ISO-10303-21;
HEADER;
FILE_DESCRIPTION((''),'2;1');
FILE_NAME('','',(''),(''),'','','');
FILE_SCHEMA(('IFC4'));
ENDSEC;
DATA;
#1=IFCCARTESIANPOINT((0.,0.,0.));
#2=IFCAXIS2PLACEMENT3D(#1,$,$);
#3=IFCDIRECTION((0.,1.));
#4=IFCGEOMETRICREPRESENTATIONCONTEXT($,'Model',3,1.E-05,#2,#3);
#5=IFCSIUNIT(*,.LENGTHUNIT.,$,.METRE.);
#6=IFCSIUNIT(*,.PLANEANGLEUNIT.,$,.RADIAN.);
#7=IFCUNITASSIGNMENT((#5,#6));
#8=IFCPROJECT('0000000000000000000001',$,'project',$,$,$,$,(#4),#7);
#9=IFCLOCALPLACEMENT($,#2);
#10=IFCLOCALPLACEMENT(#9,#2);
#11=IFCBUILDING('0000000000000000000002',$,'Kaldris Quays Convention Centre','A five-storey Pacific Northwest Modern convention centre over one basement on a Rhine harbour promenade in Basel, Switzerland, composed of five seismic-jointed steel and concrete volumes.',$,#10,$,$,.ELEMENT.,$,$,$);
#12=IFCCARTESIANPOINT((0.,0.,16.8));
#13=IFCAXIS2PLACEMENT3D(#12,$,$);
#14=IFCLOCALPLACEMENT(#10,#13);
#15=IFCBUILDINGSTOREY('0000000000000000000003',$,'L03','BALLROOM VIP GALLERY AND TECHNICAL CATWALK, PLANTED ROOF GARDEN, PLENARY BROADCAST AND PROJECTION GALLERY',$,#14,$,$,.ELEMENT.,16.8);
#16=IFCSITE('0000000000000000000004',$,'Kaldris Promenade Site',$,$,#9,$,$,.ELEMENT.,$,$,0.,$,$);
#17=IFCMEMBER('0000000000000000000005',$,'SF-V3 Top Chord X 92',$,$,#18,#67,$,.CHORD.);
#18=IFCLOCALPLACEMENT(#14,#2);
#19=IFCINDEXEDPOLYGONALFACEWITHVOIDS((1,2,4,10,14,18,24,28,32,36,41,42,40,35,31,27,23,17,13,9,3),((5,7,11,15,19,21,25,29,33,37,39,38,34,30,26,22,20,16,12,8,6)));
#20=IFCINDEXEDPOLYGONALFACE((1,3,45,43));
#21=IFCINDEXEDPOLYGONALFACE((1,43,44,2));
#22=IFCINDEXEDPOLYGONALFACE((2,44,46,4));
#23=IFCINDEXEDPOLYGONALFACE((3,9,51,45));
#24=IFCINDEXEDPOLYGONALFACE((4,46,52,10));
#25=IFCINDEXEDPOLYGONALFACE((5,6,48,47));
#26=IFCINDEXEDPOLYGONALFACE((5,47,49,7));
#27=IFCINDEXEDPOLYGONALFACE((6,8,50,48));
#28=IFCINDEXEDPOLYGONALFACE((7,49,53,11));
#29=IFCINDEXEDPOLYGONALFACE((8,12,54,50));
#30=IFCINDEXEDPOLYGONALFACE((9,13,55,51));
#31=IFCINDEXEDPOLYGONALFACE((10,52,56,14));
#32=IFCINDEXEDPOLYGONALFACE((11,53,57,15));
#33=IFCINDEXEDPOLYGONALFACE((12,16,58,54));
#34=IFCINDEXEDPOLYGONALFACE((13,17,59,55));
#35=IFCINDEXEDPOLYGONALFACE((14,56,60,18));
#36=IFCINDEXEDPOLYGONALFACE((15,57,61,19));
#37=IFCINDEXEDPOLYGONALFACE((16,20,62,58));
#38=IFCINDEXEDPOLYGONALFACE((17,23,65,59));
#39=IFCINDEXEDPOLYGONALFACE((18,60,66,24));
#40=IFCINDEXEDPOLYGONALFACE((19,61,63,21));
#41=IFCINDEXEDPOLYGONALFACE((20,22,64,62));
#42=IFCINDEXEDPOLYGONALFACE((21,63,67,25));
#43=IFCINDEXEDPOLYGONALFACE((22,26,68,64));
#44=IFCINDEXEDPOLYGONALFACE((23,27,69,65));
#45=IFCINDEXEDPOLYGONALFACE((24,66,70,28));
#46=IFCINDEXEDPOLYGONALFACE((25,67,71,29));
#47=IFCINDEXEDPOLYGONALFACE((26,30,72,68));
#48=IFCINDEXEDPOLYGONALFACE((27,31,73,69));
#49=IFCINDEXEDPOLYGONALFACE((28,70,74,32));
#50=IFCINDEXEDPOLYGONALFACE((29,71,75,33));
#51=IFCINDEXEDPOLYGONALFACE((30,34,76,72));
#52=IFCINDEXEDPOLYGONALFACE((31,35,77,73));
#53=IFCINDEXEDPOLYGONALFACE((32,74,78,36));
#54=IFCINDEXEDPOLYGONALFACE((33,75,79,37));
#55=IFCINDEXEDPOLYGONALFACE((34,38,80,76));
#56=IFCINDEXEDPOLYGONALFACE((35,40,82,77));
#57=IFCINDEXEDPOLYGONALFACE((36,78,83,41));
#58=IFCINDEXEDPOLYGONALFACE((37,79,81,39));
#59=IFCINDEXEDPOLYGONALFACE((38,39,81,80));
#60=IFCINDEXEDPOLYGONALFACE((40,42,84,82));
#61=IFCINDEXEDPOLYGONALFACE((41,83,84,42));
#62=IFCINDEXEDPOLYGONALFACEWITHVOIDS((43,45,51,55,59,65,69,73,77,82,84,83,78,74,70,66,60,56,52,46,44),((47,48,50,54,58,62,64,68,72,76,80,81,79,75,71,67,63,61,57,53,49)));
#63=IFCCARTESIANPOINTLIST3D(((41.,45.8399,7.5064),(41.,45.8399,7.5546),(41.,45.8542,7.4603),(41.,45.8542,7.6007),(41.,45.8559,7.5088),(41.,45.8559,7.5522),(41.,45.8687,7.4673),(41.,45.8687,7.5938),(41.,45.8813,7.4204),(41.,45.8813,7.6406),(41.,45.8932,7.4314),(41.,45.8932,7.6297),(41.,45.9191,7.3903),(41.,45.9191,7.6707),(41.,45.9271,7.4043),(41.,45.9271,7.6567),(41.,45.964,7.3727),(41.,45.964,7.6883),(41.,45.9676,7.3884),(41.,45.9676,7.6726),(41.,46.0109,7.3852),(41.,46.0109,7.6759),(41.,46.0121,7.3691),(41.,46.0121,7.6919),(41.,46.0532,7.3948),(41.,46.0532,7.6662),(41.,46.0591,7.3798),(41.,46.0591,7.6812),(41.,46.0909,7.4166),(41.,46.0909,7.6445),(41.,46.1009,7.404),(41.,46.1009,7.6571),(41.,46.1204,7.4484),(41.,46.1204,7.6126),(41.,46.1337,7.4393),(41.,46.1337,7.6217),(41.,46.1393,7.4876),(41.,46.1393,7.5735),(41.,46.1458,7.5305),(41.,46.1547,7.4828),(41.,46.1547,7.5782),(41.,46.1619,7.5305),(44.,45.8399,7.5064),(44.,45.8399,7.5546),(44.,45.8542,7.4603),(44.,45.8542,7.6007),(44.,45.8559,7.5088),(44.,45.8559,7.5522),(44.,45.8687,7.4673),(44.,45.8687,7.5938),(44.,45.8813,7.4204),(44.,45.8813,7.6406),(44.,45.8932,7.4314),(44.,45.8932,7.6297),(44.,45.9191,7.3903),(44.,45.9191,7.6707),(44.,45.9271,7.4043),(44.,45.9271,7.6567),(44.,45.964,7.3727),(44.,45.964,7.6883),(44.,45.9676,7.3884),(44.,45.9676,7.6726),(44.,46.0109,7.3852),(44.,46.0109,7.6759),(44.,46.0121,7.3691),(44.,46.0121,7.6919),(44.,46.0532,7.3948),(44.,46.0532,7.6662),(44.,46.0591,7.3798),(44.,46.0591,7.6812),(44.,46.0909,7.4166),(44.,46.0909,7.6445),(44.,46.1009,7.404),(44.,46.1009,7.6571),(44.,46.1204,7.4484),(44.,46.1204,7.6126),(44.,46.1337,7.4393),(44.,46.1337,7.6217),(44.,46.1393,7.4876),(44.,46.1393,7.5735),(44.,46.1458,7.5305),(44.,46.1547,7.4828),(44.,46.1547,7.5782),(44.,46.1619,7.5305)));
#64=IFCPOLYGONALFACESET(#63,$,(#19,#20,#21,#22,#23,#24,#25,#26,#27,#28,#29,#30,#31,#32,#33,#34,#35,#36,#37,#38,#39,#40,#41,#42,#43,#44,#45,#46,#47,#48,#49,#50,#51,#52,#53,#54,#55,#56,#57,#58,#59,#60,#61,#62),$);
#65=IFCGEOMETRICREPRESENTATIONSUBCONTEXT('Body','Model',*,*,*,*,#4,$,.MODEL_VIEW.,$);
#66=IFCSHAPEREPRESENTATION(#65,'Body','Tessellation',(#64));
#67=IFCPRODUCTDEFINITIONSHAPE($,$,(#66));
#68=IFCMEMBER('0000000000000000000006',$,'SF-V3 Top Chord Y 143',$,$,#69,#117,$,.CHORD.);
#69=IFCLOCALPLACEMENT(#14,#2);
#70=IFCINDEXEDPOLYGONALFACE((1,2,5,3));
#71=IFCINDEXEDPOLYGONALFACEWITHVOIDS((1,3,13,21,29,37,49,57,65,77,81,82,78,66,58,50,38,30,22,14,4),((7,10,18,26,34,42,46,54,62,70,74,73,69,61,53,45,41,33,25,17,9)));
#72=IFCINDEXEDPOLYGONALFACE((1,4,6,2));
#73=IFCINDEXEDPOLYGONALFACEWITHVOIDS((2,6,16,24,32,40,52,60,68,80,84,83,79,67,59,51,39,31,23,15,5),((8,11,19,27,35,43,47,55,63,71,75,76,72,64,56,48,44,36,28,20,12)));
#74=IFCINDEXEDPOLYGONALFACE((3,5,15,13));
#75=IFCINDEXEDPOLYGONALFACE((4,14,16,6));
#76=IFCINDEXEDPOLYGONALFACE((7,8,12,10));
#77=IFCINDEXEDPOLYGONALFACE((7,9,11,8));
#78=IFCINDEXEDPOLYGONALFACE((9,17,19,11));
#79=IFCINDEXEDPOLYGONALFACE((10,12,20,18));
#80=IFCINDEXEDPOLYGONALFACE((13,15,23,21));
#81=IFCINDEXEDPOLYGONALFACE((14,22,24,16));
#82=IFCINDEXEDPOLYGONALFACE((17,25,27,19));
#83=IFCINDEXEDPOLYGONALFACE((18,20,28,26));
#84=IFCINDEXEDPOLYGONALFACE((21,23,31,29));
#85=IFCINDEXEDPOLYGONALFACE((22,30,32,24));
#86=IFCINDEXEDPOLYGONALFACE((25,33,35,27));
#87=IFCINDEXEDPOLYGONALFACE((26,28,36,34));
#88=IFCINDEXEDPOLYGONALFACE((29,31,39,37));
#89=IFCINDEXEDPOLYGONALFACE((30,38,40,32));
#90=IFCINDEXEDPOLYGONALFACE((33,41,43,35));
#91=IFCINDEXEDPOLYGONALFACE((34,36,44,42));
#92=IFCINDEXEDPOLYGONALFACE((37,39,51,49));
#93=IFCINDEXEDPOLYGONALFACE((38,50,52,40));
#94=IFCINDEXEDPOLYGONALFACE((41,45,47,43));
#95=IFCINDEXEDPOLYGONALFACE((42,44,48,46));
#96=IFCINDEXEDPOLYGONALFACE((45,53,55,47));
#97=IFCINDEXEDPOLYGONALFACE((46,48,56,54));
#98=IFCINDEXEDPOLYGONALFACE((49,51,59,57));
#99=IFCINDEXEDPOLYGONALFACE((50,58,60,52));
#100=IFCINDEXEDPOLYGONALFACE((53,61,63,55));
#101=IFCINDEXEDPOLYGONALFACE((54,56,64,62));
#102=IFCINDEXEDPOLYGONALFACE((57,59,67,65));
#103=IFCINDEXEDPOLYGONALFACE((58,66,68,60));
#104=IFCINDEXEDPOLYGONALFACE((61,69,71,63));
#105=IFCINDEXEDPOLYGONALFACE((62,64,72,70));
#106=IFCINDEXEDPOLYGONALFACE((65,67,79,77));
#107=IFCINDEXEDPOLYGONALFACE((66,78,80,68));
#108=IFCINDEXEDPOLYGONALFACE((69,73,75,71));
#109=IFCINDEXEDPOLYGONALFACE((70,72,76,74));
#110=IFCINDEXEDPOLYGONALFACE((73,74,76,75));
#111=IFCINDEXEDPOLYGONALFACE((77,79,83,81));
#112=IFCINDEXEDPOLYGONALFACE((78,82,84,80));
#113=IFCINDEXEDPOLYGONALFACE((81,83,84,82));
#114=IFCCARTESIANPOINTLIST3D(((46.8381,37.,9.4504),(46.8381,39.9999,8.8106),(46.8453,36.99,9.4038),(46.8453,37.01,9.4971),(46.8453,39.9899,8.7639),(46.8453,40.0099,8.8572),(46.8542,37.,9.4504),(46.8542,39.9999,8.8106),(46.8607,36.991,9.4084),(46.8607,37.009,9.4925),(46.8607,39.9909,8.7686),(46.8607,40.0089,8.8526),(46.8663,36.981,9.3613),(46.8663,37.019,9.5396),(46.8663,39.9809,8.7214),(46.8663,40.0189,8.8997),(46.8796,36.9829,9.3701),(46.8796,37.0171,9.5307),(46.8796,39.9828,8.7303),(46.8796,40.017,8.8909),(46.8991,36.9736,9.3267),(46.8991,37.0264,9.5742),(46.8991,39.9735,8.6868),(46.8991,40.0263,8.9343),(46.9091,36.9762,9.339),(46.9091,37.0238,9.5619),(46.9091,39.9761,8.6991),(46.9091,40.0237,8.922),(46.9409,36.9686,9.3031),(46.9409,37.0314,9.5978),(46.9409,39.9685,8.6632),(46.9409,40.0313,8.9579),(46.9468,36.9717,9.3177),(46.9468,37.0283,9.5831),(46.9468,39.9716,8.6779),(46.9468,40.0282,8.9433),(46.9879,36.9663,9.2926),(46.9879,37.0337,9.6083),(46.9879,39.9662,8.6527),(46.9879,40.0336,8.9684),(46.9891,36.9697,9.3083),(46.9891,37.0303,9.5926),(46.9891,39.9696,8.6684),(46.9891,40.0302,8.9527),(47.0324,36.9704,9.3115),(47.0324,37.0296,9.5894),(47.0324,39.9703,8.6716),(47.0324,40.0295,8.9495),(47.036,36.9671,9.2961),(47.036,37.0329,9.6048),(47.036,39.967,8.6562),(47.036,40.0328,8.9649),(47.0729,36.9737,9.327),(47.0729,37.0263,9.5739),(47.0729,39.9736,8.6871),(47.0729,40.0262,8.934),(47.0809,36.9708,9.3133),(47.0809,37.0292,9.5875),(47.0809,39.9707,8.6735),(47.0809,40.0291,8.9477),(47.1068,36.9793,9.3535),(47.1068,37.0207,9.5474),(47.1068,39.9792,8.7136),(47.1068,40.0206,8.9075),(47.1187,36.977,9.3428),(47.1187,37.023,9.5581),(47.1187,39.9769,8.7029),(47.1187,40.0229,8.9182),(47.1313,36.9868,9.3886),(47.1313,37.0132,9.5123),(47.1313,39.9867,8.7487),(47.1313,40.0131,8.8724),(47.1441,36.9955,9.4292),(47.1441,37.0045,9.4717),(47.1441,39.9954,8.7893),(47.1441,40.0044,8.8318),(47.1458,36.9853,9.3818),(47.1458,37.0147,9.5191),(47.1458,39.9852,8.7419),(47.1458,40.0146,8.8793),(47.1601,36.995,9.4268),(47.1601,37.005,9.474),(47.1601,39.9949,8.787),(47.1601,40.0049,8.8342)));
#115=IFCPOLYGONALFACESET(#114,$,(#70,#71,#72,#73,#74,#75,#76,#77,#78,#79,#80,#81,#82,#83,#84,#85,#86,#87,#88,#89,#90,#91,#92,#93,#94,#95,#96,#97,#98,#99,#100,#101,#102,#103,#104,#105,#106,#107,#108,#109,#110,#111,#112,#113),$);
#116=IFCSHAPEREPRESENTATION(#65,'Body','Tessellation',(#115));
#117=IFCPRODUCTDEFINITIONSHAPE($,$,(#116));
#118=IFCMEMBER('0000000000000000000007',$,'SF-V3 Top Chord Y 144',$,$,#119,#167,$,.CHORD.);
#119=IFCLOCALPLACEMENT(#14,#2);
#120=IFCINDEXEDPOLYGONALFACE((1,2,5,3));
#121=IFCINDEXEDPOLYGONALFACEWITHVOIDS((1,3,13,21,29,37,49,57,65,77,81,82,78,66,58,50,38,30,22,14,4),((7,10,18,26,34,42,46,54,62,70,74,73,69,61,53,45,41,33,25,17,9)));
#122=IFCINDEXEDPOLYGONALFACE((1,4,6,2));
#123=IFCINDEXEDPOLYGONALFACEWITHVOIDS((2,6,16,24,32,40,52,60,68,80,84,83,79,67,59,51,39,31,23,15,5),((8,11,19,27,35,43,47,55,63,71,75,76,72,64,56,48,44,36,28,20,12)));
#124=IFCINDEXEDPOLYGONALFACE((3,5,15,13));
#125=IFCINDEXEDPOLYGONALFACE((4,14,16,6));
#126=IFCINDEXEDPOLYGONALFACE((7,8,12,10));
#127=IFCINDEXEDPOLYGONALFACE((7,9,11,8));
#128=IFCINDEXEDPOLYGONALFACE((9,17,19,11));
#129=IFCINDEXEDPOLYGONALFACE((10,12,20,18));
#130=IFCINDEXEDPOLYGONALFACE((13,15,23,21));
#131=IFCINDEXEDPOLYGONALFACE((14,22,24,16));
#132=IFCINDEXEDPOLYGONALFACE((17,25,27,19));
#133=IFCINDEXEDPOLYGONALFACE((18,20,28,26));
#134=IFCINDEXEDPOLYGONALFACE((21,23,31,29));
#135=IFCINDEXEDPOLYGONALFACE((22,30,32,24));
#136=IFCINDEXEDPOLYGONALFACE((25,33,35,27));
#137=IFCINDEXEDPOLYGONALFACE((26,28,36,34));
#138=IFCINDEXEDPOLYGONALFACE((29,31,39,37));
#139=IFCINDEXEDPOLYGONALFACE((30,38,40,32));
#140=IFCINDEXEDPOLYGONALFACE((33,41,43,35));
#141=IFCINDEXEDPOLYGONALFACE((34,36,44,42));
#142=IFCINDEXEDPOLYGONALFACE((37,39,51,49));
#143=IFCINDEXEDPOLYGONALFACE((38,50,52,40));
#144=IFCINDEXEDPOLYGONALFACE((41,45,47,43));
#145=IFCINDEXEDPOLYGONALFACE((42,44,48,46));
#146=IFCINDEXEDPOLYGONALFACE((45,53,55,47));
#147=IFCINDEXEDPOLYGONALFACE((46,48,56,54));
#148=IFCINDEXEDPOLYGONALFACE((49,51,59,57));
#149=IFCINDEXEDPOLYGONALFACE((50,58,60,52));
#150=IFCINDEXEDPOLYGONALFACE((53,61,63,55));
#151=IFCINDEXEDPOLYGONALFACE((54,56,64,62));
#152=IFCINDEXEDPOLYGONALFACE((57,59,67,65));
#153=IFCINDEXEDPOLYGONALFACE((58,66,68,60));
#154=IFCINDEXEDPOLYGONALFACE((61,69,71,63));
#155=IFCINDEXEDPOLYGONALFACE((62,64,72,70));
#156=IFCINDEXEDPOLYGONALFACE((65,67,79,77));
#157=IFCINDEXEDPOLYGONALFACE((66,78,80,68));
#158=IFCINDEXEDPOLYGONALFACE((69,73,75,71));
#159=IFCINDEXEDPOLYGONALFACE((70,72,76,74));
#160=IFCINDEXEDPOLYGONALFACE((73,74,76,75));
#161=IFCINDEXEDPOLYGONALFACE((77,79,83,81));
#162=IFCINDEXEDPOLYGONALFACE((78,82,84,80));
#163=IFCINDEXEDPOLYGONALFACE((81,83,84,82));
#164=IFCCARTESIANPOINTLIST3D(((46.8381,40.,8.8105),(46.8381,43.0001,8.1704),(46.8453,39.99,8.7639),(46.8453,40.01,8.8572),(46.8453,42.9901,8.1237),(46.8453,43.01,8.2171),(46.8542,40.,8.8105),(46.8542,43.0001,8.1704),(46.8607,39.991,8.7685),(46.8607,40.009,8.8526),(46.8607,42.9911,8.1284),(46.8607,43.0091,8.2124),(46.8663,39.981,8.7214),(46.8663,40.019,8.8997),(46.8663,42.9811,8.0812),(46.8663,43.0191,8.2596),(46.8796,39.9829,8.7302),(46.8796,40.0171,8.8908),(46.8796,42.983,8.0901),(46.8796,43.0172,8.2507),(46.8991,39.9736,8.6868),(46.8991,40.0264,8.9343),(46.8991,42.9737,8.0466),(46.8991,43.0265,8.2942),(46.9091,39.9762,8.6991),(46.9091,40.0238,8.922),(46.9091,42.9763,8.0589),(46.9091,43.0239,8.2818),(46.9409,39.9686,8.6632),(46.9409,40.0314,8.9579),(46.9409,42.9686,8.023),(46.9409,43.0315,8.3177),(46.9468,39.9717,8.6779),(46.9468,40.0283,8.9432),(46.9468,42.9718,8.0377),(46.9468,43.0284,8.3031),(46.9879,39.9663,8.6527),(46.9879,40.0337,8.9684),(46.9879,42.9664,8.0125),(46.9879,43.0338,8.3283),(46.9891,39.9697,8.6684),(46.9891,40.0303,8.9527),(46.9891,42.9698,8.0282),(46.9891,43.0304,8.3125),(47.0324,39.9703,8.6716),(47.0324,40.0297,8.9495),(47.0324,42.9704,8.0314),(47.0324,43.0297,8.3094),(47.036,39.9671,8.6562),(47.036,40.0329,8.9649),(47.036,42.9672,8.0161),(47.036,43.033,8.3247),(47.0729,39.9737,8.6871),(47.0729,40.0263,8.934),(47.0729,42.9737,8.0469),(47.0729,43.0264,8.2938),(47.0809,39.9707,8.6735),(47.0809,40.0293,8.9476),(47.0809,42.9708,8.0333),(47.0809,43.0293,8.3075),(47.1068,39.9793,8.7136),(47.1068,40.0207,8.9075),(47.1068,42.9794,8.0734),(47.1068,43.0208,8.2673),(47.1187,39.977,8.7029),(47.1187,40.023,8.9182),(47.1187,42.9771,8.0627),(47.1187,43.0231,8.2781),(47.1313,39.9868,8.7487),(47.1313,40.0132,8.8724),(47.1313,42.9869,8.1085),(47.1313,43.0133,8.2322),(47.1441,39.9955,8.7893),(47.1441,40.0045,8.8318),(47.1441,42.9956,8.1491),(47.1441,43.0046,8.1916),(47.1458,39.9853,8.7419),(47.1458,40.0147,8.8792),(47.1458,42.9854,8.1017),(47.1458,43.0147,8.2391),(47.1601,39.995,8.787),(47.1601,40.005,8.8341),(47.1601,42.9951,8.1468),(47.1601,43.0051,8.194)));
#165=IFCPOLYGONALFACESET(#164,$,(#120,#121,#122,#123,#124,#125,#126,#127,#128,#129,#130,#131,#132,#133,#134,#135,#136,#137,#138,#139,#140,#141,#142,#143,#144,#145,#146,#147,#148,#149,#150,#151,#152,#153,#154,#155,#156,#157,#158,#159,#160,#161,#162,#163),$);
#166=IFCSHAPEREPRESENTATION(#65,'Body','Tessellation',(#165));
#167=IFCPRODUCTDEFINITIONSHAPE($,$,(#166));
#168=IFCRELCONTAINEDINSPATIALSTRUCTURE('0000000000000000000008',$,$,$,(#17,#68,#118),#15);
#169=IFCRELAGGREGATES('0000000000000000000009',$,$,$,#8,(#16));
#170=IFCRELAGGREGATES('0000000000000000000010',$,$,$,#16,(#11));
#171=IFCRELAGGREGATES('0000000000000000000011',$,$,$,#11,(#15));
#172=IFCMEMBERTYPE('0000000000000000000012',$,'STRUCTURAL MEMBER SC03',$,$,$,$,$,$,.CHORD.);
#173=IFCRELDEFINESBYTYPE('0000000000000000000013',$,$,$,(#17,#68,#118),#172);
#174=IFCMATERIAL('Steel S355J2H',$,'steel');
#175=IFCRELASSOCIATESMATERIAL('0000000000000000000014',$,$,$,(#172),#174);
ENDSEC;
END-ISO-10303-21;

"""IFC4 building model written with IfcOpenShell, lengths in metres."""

from ifc_helpers import new_model, si_unit, direction, frame, origin, origin_2d, place, context, subcontext, project, spatial, hollow_circle, extrude, material, material_profile, profile_set, type_object, element, save


model = new_model("IFC4")

# Units and contexts
model_context = context("Model", 3, precision=1e-05, world=origin(), true_north=direction((0.0, 1.0)))
body_context = subcontext(model_context, "Body", "Model", "MODEL_VIEW")
ifc_project = project(units=[si_unit("LENGTHUNIT", "METRE"), si_unit("PLANEANGLEUNIT", "RADIAN")], contexts=[model_context])

# Site, building, storey
site_placement = place(None, origin())
site = spatial("IfcSite", under=ifc_project, at=site_placement, Name="Kaldris Promenade Site", CompositionType="ELEMENT", RefElevation=0.0)
building_placement = place(site_placement, origin())
building = spatial("IfcBuilding", under=site, at=building_placement, Name="Kaldris Quays Convention Centre", Description="A five-storey Pacific Northwest Modern convention centre over one basement on a Rhine harbour promenade in Basel, Switzerland, composed of five seismic-jointed steel and concrete volumes.", CompositionType="ELEMENT")
storey_placement = place(building_placement, frame((0.0, 0.0, 16.8)))
storey = spatial("IfcBuildingStorey", under=building, at=storey_placement, Name="L03", Description="BALLROOM VIP GALLERY AND TECHNICAL CATWALK, PLANTED ROOF GARDEN, PLENARY BROADCAST AND PROJECTION GALLERY", CompositionType="ELEMENT", Elevation=16.8)

# Members
ifc_material_1 = material(Name="Steel S355J2H", Category="steel")
ifc_material_profile_1 = material_profile(ifc_material_1, hollow_circle(Radius=0.1619, WallThickness=0.0161, at=origin_2d()), Name="CHS 323.9x16")
ifc_profile_set_1 = profile_set([ifc_material_profile_1], Name="Steel S355J2H")
member_type_1 = type_object("IfcMemberType", Name="STRUCTURAL MEMBER SC03", PredefinedType="CHORD", material=ifc_profile_set_1)
for number, where, z_axis, x_axis, name in (
    (1, (41.0, 46.0, 7.5305), (1.0, 0.0, 0.0), (0.0, 1.0, 0.0), "SF-V3 Top Chord X 92"),
):
    element("IfcMember", number, at=place(storey_placement, frame(where, z_axis=z_axis, x_axis=x_axis)), inside=storey, type_object=member_type_1, Name=name, PredefinedType="CHORD", context=body_context, shape_type="SweptSolid", body=[
        extrude(hollow_circle(Radius=0.1619, WallThickness=0.0161, at=origin_2d()), origin(), (0.0, 0.0, 1.0), 3.0),
    ])
member_1_placement = place(storey_placement, frame((47.0, 37.0, 9.4504), z_axis=(0.0, 0.978, -0.208605), x_axis=(-1.0, 0.0, 0.0)))
element("IfcMember", 2, at=member_1_placement, inside=storey, type_object=member_type_1, Name="SF-V3 Top Chord Y 143", PredefinedType="CHORD", context=body_context, shape_type="SweptSolid", body=[
    extrude(hollow_circle(Radius=0.1619, WallThickness=0.0161, at=origin_2d()), origin(), (0.0, 0.0, 1.0), 3.0674),
])
member_2_placement = place(storey_placement, frame((47.0, 40.0, 8.8105), z_axis=(0.0, 0.977984, -0.208681), x_axis=(-1.0, 0.0, 0.0)))
element("IfcMember", 3, at=member_2_placement, inside=storey, type_object=member_type_1, Name="SF-V3 Top Chord Y 144", PredefinedType="CHORD", context=body_context, shape_type="SweptSolid", body=[
    extrude(hollow_circle(Radius=0.1619, WallThickness=0.0161, at=origin_2d()), origin(), (0.0, 0.0, 1.0), 3.0676),
])

save(model, "model.ifc")
